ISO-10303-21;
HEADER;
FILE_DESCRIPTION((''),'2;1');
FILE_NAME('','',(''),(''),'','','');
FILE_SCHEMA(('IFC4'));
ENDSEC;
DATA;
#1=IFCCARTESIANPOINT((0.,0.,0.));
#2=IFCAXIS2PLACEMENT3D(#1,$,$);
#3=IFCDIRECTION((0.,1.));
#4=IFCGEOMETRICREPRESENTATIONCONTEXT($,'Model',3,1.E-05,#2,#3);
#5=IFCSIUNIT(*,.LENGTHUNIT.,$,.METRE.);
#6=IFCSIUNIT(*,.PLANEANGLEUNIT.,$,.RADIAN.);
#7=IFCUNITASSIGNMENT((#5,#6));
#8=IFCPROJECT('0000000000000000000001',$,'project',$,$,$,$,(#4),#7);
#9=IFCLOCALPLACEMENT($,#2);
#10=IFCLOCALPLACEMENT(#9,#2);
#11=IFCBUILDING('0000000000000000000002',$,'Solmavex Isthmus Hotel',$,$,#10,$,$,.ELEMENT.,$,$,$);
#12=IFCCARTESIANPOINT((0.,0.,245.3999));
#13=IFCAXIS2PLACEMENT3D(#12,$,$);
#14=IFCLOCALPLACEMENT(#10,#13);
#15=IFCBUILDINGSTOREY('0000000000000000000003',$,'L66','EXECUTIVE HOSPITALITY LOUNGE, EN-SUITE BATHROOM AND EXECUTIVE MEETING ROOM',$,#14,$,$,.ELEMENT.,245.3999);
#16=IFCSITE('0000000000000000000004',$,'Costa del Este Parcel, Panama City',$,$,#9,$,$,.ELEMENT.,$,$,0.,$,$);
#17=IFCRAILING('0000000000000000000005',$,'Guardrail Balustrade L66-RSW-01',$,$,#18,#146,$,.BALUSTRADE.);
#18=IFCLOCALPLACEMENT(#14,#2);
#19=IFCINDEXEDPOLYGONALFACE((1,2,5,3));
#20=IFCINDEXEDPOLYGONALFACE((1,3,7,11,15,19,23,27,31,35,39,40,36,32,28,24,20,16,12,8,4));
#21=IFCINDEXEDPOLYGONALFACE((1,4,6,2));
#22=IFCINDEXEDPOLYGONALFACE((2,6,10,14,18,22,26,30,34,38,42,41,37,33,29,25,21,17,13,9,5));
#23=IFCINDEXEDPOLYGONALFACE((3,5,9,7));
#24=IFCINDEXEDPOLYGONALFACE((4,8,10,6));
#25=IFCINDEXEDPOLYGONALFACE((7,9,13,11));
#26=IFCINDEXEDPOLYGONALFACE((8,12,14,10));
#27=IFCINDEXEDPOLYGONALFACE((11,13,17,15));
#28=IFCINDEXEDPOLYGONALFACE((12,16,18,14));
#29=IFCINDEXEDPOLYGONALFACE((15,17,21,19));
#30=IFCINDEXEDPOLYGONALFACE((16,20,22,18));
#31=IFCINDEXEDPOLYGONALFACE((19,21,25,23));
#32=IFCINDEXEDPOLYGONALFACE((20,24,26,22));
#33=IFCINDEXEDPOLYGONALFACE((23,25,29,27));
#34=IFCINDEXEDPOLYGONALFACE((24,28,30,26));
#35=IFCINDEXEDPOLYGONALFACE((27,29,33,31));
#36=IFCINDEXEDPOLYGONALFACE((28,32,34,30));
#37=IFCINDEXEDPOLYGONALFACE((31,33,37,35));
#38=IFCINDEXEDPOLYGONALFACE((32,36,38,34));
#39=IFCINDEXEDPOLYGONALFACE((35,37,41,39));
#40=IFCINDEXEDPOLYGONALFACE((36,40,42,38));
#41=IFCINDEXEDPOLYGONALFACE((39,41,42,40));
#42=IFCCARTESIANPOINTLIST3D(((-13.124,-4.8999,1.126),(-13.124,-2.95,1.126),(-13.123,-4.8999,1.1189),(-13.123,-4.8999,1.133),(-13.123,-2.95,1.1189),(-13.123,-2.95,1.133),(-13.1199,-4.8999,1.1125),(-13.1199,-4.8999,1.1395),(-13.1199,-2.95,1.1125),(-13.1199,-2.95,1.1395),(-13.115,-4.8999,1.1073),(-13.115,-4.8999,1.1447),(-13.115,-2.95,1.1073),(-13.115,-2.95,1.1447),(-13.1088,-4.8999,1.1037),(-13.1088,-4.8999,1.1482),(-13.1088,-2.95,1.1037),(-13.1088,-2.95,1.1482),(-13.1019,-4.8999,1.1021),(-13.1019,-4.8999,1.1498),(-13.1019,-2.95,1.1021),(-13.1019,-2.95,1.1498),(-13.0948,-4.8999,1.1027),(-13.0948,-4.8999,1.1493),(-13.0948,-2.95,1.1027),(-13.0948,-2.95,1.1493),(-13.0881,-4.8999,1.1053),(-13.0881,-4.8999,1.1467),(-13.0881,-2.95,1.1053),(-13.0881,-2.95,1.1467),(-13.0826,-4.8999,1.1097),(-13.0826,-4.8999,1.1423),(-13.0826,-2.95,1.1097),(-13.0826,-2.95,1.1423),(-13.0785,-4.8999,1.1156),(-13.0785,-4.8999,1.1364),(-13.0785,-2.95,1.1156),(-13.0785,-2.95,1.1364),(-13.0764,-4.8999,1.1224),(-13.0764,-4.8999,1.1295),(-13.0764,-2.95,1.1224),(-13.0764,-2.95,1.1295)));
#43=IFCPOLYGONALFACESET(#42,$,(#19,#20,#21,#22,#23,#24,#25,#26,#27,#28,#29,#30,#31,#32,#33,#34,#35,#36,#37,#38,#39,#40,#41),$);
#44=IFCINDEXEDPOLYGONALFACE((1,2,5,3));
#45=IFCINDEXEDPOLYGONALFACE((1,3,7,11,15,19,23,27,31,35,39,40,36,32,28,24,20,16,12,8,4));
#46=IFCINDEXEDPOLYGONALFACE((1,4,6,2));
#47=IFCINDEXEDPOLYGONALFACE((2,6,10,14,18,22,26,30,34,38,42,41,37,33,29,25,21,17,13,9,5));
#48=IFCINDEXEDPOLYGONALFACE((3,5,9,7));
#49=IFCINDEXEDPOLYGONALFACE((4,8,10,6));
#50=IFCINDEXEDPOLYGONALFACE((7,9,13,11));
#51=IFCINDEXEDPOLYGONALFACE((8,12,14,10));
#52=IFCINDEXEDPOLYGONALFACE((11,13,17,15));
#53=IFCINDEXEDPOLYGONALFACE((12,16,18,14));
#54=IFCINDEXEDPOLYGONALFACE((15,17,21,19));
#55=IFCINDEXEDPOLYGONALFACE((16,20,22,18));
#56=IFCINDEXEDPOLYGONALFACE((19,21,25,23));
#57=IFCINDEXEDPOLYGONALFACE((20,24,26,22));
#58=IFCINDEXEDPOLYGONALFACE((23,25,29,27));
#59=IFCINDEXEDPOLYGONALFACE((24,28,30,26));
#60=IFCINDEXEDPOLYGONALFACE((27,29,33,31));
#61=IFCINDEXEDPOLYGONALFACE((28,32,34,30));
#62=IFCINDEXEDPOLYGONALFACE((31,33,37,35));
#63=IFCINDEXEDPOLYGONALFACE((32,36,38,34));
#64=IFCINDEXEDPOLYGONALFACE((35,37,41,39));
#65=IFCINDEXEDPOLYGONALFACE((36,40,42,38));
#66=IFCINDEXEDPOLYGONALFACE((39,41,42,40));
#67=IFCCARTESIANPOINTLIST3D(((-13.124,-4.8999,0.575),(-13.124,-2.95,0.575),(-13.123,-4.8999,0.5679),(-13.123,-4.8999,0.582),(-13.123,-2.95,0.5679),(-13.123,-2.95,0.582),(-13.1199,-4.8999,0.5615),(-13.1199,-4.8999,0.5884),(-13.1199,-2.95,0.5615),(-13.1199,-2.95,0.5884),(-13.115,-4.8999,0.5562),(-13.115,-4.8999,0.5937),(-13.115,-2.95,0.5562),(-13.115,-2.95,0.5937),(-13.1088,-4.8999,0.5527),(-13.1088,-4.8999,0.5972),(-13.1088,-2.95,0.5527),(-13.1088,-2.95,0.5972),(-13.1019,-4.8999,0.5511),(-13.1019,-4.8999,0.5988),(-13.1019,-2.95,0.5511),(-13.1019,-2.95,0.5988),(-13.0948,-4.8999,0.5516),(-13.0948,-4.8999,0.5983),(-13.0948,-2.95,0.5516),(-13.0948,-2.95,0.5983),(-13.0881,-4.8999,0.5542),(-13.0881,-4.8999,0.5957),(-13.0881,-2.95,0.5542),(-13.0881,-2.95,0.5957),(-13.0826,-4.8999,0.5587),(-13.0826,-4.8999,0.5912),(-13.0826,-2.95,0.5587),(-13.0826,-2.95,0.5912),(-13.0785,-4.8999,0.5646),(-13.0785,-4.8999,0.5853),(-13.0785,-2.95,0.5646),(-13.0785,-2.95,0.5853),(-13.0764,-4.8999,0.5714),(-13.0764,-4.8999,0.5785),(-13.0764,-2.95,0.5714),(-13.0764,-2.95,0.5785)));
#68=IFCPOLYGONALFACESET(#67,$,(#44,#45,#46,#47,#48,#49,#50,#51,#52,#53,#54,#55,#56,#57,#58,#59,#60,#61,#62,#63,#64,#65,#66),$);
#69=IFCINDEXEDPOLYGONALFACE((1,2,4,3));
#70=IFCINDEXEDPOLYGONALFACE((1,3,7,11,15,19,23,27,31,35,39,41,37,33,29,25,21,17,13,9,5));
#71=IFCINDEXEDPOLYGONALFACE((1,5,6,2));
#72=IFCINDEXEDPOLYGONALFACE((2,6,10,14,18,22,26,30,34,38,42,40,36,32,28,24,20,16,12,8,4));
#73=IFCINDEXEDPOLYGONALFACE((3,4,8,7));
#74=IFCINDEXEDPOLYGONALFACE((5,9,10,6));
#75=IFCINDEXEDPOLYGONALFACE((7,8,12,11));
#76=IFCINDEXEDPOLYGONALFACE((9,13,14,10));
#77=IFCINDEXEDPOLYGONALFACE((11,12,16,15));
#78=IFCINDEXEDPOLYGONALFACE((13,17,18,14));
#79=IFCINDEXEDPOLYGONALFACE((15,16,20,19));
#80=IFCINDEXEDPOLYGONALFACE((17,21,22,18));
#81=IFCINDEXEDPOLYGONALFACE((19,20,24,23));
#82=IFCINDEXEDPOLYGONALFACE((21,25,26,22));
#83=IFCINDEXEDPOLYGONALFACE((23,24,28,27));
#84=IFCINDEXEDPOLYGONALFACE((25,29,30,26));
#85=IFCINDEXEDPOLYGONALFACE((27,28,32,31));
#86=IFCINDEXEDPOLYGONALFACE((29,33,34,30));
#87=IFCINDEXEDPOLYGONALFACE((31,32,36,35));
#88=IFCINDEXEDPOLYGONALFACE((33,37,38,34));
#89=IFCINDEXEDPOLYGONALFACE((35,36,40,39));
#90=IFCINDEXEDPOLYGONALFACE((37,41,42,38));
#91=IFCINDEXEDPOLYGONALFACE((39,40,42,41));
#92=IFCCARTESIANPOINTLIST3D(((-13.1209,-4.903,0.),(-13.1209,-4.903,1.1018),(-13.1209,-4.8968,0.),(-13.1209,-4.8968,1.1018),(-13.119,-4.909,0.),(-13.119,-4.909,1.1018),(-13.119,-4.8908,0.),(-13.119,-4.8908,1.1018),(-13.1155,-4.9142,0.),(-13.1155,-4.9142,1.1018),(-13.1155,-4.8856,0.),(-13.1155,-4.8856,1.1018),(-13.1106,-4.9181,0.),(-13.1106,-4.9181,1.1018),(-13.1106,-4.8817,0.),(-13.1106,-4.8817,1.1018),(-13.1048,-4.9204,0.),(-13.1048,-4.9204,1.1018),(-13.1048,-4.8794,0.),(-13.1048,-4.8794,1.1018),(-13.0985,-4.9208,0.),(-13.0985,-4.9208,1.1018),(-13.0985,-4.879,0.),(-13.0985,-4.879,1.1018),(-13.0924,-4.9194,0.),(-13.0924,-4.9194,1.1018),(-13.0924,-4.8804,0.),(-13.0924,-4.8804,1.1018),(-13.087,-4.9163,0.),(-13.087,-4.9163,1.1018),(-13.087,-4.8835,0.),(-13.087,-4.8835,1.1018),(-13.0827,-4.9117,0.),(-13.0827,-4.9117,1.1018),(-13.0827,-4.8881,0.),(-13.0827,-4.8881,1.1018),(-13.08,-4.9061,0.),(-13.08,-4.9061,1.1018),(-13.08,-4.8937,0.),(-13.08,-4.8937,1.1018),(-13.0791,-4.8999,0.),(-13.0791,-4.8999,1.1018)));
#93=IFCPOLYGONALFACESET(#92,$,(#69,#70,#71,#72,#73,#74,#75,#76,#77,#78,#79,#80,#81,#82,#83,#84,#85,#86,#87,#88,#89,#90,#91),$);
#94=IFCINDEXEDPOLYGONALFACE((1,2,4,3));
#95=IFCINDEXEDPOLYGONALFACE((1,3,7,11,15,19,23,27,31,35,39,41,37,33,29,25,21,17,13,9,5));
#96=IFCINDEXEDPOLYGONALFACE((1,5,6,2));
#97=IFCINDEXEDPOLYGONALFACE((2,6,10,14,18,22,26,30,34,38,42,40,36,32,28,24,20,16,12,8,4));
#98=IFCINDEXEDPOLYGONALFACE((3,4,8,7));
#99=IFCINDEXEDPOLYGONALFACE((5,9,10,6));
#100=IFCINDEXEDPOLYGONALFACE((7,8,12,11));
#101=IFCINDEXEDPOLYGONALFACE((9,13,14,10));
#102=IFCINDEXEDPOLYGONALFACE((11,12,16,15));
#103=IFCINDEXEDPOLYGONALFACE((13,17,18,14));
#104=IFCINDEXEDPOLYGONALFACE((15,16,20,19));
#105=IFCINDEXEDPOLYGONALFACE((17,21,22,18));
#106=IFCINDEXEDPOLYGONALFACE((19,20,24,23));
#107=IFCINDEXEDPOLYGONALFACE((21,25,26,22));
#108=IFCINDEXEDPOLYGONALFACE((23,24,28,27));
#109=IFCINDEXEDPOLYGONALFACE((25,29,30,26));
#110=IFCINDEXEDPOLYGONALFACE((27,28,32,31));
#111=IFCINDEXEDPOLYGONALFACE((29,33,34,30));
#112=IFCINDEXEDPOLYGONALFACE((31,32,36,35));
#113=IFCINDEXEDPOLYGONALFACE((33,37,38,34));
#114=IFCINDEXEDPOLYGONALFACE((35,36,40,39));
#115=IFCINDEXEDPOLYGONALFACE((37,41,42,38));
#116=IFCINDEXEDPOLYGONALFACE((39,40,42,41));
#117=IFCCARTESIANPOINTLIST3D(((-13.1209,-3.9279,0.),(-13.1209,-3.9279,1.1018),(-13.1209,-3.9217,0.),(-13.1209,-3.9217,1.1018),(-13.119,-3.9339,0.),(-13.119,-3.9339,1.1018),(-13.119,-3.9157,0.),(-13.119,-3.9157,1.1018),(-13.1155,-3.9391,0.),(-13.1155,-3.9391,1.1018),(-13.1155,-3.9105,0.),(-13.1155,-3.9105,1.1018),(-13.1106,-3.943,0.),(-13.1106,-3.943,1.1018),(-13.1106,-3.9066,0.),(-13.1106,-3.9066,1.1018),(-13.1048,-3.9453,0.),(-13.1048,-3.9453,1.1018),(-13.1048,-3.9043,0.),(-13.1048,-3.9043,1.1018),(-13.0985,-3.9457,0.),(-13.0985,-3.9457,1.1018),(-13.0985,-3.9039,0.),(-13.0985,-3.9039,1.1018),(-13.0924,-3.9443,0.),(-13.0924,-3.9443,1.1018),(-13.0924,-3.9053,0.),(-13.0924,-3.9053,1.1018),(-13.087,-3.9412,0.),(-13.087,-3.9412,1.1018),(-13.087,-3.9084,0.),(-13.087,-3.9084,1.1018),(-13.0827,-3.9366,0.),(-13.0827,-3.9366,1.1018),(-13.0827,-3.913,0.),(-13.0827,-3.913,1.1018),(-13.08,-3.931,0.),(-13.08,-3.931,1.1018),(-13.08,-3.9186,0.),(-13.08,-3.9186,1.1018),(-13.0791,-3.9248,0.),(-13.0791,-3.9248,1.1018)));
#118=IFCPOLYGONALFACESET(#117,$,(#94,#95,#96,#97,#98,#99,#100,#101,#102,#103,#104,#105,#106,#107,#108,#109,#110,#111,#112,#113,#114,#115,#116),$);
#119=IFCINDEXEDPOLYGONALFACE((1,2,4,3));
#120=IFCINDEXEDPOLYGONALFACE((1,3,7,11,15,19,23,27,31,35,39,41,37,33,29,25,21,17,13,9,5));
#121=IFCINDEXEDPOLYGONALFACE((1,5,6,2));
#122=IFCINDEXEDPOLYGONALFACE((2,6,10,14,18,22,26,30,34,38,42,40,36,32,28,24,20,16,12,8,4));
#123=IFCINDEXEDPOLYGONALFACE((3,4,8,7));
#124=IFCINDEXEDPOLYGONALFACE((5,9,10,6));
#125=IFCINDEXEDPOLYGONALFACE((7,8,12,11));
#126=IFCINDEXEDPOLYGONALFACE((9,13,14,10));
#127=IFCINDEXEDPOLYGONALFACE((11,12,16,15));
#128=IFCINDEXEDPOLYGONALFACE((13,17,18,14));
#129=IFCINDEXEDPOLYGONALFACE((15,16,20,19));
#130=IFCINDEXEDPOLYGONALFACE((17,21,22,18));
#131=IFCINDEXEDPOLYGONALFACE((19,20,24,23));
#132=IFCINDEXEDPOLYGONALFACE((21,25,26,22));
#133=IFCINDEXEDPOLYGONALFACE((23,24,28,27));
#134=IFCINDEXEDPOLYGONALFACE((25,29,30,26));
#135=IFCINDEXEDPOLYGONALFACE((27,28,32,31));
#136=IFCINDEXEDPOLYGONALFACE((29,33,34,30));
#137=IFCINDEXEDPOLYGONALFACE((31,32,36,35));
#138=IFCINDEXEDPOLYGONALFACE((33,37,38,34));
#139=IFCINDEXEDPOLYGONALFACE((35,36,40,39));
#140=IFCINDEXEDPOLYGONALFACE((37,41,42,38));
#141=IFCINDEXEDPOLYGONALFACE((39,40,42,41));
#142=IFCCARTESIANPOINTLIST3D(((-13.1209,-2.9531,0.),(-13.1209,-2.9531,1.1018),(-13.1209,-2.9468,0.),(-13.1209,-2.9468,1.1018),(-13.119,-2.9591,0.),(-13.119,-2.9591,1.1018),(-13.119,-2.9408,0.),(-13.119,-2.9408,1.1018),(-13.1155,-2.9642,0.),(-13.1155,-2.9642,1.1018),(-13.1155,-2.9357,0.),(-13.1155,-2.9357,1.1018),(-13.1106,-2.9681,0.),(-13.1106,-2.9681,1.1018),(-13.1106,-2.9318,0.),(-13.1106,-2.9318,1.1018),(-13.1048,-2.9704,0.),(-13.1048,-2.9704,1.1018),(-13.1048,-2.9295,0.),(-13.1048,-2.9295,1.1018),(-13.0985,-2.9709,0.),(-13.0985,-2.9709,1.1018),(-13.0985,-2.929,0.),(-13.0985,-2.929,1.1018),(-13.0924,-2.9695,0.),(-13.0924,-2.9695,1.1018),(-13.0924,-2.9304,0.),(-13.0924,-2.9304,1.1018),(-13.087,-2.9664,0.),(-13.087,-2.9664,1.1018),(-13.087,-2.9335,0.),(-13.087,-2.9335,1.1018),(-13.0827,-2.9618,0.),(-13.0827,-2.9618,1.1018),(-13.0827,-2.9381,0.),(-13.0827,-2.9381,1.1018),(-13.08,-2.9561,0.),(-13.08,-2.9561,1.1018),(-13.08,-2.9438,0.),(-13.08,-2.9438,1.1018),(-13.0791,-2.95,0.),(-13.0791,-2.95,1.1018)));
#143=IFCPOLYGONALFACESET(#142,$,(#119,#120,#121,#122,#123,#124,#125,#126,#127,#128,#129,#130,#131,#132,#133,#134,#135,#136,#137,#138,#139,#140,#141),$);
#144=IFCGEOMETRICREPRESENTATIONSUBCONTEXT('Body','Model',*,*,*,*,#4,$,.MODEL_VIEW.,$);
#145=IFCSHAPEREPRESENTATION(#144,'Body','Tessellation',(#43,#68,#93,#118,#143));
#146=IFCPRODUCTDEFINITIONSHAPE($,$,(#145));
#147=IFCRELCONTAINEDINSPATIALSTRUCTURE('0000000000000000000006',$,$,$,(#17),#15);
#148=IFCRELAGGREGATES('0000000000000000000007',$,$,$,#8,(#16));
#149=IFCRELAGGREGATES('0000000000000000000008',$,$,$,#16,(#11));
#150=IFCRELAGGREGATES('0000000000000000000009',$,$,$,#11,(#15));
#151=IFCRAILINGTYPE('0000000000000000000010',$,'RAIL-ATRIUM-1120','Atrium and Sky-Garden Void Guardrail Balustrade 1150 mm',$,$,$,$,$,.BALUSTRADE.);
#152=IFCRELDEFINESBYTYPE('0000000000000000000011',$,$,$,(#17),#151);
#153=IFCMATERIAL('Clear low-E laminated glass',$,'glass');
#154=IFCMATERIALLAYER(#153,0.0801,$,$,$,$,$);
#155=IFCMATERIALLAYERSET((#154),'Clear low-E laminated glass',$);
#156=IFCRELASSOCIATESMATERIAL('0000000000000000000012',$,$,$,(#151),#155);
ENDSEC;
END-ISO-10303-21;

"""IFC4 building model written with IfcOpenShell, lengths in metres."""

from ifc_helpers import new_model, si_unit, direction, frame, origin, origin_2d, place, context, subcontext, project, spatial, circle, extrude, material, layer, layer_set, type_object, element, save


model = new_model("IFC4")

# Units and contexts
model_context = context("Model", 3, precision=1e-05, world=origin(), true_north=direction((0.0, 1.0)))
body_context = subcontext(model_context, "Body", "Model", "MODEL_VIEW")
ifc_project = project(units=[si_unit("LENGTHUNIT", "METRE"), si_unit("PLANEANGLEUNIT", "RADIAN")], contexts=[model_context])

# Site, building, storey
site_placement = place(None, origin())
site = spatial("IfcSite", under=ifc_project, at=site_placement, Name="Costa del Este Parcel, Panama City", CompositionType="ELEMENT", RefElevation=0.0)
building_placement = place(site_placement, origin())
building = spatial("IfcBuilding", under=site, at=building_placement, Name="Solmavex Isthmus Hotel", CompositionType="ELEMENT")
storey_placement = place(building_placement, frame((0.0, 0.0, 245.3999)))
storey = spatial("IfcBuildingStorey", under=building, at=storey_placement, Name="L66", Description="EXECUTIVE HOSPITALITY LOUNGE, EN-SUITE BATHROOM AND EXECUTIVE MEETING ROOM", CompositionType="ELEMENT", Elevation=245.3999)

# Railing
ifc_material_1 = material(Name="Clear low-E laminated glass", Category="glass")
ifc_layer_1 = layer(ifc_material_1, 0.0801)
ifc_layer_set_1 = layer_set([ifc_layer_1], Name="Clear low-E laminated glass")
railing_type_1 = type_object("IfcRailingType", Name="RAIL-ATRIUM-1120", Description="Atrium and Sky-Garden Void Guardrail Balustrade 1150 mm", PredefinedType="BALUSTRADE", material=ifc_layer_set_1)
railing_1_placement = place(storey_placement, frame((-13.1001, -4.8999, 0.0)))
element("IfcRailing", 1, at=railing_1_placement, inside=storey, type_object=railing_type_1, Name="Guardrail Balustrade L66-RSW-01", PredefinedType="BALUSTRADE", context=body_context, shape_type="SweptSolid", body=[
    extrude(circle(Radius=0.0239, at=origin_2d()), frame((0.0, 0.0, 1.126), z_axis=(0.0, 1.0, 0.0), x_axis=(-1.0, 0.0, 0.0)), (0.0, 0.0, 1.0), 1.95),
    extrude(circle(Radius=0.0239, at=origin_2d()), frame((0.0, 0.0, 0.575), z_axis=(0.0, 1.0, 0.0), x_axis=(-1.0, 0.0, 0.0)), (0.0, 0.0, 1.0), 1.95),
    extrude(circle(Radius=0.021, at=origin_2d()), origin(), (0.0, 0.0, 1.0), 1.1018),
    extrude(circle(Radius=0.021, at=origin_2d()), frame((0.0, 0.9751, 0.0)), (0.0, 0.0, 1.0), 1.1018),
    extrude(circle(Radius=0.021, at=origin_2d()), frame((0.0, 1.95, 0.0)), (0.0, 0.0, 1.0), 1.1018),
])

save(model, "model.ifc")
